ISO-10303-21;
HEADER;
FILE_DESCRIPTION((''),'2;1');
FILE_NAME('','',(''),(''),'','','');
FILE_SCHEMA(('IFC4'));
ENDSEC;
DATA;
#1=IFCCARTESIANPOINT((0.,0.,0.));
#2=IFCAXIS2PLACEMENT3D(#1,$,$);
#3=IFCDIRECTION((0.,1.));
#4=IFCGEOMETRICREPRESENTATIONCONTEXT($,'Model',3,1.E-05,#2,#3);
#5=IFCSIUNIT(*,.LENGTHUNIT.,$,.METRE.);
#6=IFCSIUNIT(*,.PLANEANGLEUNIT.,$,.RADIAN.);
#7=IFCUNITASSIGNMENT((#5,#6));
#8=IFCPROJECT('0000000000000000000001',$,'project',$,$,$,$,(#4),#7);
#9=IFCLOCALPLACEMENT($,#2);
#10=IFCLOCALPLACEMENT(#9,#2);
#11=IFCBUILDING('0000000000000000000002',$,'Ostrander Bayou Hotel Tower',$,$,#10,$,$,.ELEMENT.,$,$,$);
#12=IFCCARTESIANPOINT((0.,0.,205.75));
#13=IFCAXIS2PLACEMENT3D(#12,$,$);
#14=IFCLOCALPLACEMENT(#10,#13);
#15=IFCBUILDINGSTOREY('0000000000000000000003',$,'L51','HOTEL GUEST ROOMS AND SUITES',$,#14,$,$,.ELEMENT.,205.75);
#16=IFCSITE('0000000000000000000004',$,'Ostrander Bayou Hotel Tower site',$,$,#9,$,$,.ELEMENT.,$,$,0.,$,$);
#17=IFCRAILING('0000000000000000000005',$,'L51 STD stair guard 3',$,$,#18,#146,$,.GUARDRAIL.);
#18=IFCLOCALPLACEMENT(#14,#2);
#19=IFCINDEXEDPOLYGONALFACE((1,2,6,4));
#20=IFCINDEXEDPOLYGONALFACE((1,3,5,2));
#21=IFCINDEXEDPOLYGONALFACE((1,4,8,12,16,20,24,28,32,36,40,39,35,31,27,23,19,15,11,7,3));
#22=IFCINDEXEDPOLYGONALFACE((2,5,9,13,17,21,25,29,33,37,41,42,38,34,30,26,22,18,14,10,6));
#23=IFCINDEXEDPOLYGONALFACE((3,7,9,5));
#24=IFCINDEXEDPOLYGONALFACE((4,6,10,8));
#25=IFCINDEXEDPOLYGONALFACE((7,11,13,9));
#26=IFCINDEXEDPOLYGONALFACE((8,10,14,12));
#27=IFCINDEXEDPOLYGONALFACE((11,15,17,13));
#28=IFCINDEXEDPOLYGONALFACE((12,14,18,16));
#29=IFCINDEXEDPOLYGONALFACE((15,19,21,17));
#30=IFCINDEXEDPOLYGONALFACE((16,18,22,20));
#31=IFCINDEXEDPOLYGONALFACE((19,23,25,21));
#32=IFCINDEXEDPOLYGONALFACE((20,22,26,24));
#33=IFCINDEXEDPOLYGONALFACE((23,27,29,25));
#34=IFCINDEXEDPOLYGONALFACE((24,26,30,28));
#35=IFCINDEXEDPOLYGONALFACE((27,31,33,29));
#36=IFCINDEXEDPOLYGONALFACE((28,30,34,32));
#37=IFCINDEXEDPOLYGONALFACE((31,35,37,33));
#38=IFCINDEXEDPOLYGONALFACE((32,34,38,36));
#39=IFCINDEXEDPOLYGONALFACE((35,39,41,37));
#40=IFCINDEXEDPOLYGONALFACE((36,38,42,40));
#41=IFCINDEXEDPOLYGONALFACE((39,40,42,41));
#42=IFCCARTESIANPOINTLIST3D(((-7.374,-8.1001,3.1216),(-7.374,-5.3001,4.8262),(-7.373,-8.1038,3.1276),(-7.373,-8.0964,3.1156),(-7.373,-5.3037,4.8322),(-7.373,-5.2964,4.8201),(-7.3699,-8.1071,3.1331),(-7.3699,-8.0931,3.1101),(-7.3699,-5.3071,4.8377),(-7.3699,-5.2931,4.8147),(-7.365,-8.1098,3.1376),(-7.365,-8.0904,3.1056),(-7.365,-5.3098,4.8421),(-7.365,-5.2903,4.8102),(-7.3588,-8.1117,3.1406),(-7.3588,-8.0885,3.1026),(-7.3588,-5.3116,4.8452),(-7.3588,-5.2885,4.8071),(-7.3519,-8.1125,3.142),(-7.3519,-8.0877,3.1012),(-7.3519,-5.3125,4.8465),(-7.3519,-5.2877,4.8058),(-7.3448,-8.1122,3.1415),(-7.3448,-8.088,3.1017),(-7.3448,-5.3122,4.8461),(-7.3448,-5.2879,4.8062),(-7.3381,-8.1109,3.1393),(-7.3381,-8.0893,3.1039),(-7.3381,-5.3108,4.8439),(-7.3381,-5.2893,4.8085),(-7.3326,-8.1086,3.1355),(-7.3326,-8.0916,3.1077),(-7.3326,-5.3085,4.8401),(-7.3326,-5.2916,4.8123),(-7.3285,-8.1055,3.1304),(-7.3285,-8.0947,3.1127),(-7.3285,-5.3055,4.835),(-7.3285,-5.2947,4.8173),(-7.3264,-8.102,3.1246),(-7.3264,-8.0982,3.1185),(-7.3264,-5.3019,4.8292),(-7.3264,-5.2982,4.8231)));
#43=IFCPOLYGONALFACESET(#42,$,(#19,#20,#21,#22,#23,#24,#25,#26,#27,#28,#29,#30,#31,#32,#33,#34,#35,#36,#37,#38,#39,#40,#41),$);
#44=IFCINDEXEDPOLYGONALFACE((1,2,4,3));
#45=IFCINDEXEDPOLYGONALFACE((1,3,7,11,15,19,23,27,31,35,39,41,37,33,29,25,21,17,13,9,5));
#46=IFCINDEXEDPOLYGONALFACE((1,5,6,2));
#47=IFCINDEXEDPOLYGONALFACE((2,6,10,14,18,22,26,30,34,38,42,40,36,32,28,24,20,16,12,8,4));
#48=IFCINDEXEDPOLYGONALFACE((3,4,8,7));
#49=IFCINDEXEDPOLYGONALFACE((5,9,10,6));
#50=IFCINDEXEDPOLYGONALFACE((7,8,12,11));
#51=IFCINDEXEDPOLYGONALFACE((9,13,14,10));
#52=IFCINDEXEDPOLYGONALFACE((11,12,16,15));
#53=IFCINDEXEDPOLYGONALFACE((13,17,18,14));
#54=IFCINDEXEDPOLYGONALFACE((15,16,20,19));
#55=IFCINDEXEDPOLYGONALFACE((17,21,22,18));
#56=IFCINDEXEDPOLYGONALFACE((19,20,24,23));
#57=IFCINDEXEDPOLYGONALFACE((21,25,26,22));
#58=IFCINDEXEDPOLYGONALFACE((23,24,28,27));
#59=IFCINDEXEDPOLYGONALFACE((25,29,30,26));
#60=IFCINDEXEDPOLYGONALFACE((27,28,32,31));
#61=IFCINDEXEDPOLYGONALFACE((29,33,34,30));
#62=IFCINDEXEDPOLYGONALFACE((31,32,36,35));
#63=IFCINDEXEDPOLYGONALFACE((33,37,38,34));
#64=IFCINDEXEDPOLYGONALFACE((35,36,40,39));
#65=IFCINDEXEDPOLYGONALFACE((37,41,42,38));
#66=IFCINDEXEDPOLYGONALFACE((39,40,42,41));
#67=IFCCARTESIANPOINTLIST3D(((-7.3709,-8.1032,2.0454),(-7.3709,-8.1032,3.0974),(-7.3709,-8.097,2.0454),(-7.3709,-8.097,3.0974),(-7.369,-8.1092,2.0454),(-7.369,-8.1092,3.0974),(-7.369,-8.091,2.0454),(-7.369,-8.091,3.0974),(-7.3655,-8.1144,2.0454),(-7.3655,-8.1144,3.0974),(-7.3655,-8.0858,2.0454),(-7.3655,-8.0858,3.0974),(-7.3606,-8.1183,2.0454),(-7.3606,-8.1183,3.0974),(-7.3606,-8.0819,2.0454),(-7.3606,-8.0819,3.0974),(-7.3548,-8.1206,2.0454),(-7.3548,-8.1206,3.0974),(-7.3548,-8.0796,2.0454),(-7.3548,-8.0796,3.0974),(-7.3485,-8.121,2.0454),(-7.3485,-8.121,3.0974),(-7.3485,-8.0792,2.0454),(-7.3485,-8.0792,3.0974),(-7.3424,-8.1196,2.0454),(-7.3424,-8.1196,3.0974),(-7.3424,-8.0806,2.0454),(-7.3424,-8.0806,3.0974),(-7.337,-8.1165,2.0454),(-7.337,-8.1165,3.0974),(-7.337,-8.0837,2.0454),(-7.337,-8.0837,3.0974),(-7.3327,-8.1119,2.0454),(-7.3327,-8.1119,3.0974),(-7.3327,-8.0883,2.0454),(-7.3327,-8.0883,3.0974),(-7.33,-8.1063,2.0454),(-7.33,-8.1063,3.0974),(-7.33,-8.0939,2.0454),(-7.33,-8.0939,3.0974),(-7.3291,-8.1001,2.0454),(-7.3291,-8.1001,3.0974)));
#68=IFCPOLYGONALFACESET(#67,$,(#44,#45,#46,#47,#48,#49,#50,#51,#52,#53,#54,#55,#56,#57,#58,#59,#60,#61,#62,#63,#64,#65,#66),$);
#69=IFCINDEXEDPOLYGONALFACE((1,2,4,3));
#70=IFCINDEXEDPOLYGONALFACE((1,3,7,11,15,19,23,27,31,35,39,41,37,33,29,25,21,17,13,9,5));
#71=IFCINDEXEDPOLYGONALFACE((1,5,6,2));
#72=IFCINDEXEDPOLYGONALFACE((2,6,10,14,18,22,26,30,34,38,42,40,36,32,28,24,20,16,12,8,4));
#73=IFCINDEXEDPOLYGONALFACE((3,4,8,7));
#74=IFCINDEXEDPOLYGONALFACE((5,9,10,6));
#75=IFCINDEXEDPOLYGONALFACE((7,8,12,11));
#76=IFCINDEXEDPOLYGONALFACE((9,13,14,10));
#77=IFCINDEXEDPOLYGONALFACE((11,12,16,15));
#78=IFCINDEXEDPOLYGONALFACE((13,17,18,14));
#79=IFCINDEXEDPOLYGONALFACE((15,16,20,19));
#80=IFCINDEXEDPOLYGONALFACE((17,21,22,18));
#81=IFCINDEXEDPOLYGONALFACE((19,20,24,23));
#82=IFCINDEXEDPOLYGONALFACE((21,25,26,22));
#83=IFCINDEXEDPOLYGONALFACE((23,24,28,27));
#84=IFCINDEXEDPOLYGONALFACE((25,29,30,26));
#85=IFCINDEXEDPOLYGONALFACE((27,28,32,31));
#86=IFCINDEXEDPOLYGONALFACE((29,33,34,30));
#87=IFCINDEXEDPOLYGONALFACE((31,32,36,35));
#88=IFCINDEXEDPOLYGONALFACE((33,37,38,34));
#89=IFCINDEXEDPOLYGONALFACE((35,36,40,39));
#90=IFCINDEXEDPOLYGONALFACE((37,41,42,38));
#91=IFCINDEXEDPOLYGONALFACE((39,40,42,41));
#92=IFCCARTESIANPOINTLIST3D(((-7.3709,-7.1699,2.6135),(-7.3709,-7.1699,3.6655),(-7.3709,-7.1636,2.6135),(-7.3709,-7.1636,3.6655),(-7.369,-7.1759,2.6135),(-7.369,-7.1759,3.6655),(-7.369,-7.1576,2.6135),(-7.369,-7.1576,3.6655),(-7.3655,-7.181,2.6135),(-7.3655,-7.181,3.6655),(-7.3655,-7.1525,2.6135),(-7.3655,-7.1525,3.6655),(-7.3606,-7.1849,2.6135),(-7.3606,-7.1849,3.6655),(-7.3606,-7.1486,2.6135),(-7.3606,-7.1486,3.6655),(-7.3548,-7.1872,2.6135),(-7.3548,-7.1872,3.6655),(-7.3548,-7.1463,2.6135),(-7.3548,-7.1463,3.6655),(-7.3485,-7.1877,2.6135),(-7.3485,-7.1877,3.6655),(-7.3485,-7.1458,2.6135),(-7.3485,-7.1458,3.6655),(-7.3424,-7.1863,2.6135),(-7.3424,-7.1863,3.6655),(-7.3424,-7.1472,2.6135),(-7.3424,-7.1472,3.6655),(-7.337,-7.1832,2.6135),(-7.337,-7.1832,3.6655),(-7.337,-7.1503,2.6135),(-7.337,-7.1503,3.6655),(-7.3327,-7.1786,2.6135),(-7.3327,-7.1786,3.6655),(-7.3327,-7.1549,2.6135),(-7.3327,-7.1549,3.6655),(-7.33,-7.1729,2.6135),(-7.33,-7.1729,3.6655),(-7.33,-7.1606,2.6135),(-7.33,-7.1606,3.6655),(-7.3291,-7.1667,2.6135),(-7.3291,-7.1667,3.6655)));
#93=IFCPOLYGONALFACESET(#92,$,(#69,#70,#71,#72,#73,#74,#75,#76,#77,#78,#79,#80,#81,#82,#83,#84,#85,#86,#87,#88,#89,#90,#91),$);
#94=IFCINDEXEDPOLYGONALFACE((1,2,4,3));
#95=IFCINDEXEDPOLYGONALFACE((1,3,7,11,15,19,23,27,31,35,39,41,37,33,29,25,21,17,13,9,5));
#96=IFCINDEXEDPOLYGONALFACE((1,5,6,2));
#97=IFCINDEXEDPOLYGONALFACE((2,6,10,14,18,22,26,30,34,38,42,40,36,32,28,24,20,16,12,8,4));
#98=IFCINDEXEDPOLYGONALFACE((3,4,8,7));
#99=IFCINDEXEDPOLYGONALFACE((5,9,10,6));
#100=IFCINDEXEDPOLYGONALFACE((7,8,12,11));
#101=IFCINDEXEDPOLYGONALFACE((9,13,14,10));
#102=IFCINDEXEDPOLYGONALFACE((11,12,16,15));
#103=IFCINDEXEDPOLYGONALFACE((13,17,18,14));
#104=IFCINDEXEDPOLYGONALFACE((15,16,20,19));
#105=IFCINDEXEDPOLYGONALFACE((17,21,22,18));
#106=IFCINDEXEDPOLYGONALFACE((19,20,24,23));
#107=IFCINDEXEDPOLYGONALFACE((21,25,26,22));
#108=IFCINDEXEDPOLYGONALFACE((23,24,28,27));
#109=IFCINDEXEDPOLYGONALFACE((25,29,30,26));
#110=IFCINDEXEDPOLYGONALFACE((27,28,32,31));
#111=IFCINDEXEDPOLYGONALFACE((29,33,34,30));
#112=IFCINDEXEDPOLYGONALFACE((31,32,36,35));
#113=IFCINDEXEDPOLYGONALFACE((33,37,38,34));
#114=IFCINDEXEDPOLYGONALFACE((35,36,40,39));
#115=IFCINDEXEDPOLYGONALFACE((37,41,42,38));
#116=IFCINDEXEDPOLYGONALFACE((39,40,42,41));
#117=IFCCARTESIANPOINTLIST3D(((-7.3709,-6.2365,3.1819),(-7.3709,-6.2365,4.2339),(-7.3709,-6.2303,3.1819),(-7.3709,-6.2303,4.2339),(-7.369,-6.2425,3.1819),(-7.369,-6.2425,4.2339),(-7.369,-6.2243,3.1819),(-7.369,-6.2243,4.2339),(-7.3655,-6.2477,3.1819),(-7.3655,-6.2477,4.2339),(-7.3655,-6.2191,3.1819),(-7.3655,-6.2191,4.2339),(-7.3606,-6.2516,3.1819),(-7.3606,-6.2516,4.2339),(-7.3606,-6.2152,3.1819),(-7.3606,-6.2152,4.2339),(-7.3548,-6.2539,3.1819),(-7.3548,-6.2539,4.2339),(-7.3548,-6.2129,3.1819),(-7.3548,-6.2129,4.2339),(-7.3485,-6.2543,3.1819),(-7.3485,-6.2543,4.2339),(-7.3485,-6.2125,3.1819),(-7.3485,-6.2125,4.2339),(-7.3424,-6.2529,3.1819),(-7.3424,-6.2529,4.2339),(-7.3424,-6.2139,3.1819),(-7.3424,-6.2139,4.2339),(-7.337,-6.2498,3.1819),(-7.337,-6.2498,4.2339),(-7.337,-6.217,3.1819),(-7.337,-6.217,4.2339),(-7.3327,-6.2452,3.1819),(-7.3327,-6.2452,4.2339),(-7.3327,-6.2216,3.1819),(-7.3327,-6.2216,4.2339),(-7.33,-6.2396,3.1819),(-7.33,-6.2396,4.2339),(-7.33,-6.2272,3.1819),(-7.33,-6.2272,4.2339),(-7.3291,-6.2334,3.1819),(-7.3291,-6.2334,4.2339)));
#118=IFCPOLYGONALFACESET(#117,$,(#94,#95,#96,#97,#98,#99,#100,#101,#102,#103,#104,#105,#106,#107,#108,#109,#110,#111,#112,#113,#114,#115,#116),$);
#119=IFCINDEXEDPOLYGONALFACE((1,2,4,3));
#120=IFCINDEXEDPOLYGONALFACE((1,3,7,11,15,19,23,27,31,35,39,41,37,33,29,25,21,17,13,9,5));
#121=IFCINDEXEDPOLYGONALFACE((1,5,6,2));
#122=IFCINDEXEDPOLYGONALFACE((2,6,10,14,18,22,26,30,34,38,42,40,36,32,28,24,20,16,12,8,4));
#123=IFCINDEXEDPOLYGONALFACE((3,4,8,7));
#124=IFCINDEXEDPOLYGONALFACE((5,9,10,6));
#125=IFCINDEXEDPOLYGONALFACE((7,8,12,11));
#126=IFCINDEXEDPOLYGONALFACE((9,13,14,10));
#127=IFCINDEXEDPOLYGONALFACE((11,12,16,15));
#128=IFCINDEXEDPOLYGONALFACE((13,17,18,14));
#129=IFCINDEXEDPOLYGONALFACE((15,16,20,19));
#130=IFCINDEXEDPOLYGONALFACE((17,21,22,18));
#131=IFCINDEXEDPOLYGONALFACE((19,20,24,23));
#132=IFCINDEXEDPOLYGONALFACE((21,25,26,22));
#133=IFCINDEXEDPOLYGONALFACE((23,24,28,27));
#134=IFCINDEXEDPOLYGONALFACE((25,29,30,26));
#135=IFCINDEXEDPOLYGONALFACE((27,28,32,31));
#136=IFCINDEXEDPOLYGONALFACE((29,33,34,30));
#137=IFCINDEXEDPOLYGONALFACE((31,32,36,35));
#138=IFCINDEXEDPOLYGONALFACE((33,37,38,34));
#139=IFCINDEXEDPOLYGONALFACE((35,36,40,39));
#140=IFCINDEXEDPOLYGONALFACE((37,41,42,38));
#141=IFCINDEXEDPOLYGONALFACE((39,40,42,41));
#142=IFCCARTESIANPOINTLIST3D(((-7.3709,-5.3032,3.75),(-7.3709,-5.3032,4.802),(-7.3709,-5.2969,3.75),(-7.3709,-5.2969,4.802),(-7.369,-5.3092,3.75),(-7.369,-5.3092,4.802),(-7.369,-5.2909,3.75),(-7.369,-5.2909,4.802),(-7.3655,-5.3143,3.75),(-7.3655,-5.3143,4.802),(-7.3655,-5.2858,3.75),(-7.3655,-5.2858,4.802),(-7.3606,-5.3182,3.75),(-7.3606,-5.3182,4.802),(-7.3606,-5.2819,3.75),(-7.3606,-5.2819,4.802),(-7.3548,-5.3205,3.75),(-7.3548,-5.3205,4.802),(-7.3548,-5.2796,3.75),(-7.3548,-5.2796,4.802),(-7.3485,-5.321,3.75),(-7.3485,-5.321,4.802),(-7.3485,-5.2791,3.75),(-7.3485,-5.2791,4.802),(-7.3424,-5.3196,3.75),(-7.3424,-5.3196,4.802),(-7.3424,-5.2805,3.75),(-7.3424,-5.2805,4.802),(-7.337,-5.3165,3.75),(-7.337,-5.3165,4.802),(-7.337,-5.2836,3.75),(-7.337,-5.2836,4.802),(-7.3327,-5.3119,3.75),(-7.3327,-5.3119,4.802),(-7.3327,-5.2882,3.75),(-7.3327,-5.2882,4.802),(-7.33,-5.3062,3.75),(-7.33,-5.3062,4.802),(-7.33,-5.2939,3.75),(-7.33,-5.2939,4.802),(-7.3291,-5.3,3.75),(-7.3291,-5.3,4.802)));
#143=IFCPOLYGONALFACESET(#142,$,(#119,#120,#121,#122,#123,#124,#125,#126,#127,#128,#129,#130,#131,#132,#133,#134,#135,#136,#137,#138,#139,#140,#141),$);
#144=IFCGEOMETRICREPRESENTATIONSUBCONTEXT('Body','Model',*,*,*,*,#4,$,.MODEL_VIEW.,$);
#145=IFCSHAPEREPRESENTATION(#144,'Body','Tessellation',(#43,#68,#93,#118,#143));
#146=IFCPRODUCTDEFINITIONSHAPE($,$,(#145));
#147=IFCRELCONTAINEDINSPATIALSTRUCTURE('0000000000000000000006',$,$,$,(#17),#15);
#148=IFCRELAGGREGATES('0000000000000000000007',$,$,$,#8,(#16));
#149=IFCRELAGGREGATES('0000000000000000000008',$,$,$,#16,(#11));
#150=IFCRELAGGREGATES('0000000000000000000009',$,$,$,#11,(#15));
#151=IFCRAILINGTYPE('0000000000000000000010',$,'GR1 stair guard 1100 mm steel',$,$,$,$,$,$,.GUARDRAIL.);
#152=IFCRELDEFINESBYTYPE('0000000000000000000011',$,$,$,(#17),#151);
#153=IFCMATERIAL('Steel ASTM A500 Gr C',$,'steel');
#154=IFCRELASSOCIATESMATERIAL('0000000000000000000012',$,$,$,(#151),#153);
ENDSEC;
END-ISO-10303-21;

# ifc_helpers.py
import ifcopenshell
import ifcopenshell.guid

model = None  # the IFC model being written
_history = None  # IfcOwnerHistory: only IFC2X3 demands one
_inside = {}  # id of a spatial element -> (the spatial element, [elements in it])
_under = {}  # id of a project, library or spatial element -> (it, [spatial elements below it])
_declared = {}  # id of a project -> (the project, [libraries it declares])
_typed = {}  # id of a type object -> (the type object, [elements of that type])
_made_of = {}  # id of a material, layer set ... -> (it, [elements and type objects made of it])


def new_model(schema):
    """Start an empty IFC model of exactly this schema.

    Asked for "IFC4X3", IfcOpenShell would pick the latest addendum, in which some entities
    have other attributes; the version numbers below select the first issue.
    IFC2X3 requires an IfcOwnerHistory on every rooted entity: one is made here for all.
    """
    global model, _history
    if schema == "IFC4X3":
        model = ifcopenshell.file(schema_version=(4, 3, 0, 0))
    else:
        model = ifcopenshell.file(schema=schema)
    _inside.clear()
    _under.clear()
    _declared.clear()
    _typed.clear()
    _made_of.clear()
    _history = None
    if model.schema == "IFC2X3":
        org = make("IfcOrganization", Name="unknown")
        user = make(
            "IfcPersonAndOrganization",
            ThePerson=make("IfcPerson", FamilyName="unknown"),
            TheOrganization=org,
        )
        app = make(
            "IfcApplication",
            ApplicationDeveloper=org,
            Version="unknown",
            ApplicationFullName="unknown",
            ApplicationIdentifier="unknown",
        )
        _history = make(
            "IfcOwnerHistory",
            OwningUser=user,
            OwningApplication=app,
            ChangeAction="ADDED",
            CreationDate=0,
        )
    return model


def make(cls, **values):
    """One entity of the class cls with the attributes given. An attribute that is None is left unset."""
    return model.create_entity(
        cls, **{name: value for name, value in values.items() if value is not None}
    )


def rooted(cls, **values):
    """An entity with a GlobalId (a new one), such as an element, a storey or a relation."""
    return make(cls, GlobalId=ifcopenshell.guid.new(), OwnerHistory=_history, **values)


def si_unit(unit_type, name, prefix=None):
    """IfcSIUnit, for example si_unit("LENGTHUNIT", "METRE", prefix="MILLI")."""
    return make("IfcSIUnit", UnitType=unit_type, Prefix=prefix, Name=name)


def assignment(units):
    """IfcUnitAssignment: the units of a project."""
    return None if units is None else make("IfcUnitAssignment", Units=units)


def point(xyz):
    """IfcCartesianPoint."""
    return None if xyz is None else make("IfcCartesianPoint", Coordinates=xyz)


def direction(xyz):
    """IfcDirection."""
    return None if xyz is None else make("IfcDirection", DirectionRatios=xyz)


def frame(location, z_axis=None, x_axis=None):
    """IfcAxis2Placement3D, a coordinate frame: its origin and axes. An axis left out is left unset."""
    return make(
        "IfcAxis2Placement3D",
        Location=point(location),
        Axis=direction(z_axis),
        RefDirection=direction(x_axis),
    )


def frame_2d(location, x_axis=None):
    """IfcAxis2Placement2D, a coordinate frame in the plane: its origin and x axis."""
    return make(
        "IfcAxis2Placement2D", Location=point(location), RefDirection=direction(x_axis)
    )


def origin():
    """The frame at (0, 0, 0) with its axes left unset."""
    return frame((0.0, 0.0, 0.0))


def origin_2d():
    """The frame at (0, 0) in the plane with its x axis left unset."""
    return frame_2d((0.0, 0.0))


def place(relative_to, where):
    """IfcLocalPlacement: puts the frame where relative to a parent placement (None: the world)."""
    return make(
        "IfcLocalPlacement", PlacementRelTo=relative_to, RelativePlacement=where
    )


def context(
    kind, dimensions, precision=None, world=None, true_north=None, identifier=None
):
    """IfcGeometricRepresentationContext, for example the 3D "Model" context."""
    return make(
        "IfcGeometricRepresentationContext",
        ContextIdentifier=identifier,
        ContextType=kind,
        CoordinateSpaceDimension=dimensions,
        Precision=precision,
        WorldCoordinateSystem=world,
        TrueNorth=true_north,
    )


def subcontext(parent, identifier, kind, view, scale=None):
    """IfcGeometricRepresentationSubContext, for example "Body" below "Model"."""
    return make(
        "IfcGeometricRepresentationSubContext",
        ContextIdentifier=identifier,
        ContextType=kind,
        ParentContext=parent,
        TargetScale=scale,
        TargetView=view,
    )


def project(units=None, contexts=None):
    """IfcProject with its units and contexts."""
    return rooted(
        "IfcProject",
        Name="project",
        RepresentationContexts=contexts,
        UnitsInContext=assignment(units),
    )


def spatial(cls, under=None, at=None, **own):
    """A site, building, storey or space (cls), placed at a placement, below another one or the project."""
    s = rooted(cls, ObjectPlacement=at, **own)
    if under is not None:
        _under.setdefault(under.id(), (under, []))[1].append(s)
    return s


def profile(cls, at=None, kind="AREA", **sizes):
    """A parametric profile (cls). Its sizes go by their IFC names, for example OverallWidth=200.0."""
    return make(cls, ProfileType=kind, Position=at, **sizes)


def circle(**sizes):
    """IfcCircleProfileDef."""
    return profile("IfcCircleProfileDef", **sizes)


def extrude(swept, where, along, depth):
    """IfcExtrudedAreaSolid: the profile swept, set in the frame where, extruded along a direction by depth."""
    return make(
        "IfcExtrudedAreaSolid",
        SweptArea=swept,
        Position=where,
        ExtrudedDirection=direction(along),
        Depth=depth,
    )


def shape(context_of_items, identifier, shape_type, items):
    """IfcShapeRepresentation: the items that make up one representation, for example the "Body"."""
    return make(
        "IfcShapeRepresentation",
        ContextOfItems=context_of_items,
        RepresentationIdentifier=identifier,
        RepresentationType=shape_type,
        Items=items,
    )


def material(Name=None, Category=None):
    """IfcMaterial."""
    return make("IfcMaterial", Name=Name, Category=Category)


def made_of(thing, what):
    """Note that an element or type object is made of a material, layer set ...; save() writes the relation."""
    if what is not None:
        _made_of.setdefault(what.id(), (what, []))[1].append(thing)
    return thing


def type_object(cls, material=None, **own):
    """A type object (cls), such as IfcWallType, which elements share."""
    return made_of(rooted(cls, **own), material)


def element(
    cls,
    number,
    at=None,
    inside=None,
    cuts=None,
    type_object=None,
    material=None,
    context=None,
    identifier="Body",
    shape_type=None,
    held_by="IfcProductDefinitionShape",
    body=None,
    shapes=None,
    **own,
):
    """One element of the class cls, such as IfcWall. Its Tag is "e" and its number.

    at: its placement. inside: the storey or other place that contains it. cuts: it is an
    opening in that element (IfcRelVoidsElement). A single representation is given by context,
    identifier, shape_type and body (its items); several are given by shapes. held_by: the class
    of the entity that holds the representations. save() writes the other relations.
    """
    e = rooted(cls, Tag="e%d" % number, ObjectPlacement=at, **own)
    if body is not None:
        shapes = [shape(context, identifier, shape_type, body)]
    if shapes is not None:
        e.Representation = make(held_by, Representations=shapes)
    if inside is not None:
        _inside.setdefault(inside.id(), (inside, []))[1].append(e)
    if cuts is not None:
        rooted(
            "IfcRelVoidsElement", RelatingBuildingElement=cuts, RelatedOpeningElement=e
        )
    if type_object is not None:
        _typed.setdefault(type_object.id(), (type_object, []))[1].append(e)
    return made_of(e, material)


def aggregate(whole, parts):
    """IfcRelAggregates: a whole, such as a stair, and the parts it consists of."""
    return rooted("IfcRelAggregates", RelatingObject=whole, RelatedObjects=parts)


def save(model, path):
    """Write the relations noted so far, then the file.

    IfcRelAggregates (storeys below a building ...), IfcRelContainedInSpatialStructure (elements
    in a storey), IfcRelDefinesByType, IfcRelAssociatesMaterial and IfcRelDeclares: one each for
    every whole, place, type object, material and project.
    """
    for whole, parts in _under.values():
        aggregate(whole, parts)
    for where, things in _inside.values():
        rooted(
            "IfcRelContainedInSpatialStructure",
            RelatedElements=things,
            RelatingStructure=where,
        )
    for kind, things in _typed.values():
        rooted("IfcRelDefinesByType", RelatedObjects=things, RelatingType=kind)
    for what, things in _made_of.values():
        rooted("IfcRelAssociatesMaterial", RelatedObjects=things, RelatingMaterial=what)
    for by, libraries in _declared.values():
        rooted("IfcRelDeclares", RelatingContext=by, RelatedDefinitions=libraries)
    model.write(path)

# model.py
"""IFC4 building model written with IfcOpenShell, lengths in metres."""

from ifc_helpers import new_model, si_unit, direction, frame, origin, origin_2d, place, context, subcontext, project, spatial, circle, extrude, material, type_object, element, save


model = new_model("IFC4")

# Units and contexts
model_context = context("Model", 3, precision=1e-05, world=origin(), true_north=direction((0.0, 1.0)))
body_context = subcontext(model_context, "Body", "Model", "MODEL_VIEW")
ifc_project = project(units=[si_unit("LENGTHUNIT", "METRE"), si_unit("PLANEANGLEUNIT", "RADIAN")], contexts=[model_context])

# Site, building, storey
site_placement = place(None, origin())
site = spatial("IfcSite", under=ifc_project, at=site_placement, Name="Ostrander Bayou Hotel Tower site", CompositionType="ELEMENT", RefElevation=0.0)
building_placement = place(site_placement, origin())
building = spatial("IfcBuilding", under=site, at=building_placement, Name="Ostrander Bayou Hotel Tower", CompositionType="ELEMENT")
storey_placement = place(building_placement, frame((0.0, 0.0, 205.75)))
storey = spatial("IfcBuildingStorey", under=building, at=storey_placement, Name="L51", Description="HOTEL GUEST ROOMS AND SUITES", CompositionType="ELEMENT", Elevation=205.75)

# Railing
ifc_material_1 = material(Name="Steel ASTM A500 Gr C", Category="steel")
railing_type_1 = type_object("IfcRailingType", Name="GR1 stair guard 1100 mm steel", PredefinedType="GUARDRAIL", material=ifc_material_1)
railing_1_placement = place(storey_placement, frame((-7.3501, -8.1001, 2.0454)))
element("IfcRailing", 1, at=railing_1_placement, inside=storey, type_object=railing_type_1, Name="L51 STD stair guard 3", PredefinedType="GUARDRAIL", context=body_context, shape_type="SweptSolid", body=[
    extrude(circle(Radius=0.0239, at=origin_2d()), frame((0.0, 0.0, 1.0762), z_axis=(0.0, 0.85417, 0.519994), x_axis=(-1.0, 0.0, 0.0)), (0.0, 0.0, 1.0), 3.2781),
    extrude(circle(Radius=0.021, at=origin_2d()), origin(), (0.0, 0.0, 1.0), 1.052),
    extrude(circle(Radius=0.021, at=origin_2d()), frame((0.0, 0.9333, 0.5681)), (0.0, 0.0, 1.0), 1.052),
    extrude(circle(Radius=0.021, at=origin_2d()), frame((0.0, 1.8667, 1.1365)), (0.0, 0.0, 1.0), 1.052),
    extrude(circle(Radius=0.021, at=origin_2d()), frame((0.0, 2.8, 1.7046)), (0.0, 0.0, 1.0), 1.052),
])

save(model, "model.ifc")
